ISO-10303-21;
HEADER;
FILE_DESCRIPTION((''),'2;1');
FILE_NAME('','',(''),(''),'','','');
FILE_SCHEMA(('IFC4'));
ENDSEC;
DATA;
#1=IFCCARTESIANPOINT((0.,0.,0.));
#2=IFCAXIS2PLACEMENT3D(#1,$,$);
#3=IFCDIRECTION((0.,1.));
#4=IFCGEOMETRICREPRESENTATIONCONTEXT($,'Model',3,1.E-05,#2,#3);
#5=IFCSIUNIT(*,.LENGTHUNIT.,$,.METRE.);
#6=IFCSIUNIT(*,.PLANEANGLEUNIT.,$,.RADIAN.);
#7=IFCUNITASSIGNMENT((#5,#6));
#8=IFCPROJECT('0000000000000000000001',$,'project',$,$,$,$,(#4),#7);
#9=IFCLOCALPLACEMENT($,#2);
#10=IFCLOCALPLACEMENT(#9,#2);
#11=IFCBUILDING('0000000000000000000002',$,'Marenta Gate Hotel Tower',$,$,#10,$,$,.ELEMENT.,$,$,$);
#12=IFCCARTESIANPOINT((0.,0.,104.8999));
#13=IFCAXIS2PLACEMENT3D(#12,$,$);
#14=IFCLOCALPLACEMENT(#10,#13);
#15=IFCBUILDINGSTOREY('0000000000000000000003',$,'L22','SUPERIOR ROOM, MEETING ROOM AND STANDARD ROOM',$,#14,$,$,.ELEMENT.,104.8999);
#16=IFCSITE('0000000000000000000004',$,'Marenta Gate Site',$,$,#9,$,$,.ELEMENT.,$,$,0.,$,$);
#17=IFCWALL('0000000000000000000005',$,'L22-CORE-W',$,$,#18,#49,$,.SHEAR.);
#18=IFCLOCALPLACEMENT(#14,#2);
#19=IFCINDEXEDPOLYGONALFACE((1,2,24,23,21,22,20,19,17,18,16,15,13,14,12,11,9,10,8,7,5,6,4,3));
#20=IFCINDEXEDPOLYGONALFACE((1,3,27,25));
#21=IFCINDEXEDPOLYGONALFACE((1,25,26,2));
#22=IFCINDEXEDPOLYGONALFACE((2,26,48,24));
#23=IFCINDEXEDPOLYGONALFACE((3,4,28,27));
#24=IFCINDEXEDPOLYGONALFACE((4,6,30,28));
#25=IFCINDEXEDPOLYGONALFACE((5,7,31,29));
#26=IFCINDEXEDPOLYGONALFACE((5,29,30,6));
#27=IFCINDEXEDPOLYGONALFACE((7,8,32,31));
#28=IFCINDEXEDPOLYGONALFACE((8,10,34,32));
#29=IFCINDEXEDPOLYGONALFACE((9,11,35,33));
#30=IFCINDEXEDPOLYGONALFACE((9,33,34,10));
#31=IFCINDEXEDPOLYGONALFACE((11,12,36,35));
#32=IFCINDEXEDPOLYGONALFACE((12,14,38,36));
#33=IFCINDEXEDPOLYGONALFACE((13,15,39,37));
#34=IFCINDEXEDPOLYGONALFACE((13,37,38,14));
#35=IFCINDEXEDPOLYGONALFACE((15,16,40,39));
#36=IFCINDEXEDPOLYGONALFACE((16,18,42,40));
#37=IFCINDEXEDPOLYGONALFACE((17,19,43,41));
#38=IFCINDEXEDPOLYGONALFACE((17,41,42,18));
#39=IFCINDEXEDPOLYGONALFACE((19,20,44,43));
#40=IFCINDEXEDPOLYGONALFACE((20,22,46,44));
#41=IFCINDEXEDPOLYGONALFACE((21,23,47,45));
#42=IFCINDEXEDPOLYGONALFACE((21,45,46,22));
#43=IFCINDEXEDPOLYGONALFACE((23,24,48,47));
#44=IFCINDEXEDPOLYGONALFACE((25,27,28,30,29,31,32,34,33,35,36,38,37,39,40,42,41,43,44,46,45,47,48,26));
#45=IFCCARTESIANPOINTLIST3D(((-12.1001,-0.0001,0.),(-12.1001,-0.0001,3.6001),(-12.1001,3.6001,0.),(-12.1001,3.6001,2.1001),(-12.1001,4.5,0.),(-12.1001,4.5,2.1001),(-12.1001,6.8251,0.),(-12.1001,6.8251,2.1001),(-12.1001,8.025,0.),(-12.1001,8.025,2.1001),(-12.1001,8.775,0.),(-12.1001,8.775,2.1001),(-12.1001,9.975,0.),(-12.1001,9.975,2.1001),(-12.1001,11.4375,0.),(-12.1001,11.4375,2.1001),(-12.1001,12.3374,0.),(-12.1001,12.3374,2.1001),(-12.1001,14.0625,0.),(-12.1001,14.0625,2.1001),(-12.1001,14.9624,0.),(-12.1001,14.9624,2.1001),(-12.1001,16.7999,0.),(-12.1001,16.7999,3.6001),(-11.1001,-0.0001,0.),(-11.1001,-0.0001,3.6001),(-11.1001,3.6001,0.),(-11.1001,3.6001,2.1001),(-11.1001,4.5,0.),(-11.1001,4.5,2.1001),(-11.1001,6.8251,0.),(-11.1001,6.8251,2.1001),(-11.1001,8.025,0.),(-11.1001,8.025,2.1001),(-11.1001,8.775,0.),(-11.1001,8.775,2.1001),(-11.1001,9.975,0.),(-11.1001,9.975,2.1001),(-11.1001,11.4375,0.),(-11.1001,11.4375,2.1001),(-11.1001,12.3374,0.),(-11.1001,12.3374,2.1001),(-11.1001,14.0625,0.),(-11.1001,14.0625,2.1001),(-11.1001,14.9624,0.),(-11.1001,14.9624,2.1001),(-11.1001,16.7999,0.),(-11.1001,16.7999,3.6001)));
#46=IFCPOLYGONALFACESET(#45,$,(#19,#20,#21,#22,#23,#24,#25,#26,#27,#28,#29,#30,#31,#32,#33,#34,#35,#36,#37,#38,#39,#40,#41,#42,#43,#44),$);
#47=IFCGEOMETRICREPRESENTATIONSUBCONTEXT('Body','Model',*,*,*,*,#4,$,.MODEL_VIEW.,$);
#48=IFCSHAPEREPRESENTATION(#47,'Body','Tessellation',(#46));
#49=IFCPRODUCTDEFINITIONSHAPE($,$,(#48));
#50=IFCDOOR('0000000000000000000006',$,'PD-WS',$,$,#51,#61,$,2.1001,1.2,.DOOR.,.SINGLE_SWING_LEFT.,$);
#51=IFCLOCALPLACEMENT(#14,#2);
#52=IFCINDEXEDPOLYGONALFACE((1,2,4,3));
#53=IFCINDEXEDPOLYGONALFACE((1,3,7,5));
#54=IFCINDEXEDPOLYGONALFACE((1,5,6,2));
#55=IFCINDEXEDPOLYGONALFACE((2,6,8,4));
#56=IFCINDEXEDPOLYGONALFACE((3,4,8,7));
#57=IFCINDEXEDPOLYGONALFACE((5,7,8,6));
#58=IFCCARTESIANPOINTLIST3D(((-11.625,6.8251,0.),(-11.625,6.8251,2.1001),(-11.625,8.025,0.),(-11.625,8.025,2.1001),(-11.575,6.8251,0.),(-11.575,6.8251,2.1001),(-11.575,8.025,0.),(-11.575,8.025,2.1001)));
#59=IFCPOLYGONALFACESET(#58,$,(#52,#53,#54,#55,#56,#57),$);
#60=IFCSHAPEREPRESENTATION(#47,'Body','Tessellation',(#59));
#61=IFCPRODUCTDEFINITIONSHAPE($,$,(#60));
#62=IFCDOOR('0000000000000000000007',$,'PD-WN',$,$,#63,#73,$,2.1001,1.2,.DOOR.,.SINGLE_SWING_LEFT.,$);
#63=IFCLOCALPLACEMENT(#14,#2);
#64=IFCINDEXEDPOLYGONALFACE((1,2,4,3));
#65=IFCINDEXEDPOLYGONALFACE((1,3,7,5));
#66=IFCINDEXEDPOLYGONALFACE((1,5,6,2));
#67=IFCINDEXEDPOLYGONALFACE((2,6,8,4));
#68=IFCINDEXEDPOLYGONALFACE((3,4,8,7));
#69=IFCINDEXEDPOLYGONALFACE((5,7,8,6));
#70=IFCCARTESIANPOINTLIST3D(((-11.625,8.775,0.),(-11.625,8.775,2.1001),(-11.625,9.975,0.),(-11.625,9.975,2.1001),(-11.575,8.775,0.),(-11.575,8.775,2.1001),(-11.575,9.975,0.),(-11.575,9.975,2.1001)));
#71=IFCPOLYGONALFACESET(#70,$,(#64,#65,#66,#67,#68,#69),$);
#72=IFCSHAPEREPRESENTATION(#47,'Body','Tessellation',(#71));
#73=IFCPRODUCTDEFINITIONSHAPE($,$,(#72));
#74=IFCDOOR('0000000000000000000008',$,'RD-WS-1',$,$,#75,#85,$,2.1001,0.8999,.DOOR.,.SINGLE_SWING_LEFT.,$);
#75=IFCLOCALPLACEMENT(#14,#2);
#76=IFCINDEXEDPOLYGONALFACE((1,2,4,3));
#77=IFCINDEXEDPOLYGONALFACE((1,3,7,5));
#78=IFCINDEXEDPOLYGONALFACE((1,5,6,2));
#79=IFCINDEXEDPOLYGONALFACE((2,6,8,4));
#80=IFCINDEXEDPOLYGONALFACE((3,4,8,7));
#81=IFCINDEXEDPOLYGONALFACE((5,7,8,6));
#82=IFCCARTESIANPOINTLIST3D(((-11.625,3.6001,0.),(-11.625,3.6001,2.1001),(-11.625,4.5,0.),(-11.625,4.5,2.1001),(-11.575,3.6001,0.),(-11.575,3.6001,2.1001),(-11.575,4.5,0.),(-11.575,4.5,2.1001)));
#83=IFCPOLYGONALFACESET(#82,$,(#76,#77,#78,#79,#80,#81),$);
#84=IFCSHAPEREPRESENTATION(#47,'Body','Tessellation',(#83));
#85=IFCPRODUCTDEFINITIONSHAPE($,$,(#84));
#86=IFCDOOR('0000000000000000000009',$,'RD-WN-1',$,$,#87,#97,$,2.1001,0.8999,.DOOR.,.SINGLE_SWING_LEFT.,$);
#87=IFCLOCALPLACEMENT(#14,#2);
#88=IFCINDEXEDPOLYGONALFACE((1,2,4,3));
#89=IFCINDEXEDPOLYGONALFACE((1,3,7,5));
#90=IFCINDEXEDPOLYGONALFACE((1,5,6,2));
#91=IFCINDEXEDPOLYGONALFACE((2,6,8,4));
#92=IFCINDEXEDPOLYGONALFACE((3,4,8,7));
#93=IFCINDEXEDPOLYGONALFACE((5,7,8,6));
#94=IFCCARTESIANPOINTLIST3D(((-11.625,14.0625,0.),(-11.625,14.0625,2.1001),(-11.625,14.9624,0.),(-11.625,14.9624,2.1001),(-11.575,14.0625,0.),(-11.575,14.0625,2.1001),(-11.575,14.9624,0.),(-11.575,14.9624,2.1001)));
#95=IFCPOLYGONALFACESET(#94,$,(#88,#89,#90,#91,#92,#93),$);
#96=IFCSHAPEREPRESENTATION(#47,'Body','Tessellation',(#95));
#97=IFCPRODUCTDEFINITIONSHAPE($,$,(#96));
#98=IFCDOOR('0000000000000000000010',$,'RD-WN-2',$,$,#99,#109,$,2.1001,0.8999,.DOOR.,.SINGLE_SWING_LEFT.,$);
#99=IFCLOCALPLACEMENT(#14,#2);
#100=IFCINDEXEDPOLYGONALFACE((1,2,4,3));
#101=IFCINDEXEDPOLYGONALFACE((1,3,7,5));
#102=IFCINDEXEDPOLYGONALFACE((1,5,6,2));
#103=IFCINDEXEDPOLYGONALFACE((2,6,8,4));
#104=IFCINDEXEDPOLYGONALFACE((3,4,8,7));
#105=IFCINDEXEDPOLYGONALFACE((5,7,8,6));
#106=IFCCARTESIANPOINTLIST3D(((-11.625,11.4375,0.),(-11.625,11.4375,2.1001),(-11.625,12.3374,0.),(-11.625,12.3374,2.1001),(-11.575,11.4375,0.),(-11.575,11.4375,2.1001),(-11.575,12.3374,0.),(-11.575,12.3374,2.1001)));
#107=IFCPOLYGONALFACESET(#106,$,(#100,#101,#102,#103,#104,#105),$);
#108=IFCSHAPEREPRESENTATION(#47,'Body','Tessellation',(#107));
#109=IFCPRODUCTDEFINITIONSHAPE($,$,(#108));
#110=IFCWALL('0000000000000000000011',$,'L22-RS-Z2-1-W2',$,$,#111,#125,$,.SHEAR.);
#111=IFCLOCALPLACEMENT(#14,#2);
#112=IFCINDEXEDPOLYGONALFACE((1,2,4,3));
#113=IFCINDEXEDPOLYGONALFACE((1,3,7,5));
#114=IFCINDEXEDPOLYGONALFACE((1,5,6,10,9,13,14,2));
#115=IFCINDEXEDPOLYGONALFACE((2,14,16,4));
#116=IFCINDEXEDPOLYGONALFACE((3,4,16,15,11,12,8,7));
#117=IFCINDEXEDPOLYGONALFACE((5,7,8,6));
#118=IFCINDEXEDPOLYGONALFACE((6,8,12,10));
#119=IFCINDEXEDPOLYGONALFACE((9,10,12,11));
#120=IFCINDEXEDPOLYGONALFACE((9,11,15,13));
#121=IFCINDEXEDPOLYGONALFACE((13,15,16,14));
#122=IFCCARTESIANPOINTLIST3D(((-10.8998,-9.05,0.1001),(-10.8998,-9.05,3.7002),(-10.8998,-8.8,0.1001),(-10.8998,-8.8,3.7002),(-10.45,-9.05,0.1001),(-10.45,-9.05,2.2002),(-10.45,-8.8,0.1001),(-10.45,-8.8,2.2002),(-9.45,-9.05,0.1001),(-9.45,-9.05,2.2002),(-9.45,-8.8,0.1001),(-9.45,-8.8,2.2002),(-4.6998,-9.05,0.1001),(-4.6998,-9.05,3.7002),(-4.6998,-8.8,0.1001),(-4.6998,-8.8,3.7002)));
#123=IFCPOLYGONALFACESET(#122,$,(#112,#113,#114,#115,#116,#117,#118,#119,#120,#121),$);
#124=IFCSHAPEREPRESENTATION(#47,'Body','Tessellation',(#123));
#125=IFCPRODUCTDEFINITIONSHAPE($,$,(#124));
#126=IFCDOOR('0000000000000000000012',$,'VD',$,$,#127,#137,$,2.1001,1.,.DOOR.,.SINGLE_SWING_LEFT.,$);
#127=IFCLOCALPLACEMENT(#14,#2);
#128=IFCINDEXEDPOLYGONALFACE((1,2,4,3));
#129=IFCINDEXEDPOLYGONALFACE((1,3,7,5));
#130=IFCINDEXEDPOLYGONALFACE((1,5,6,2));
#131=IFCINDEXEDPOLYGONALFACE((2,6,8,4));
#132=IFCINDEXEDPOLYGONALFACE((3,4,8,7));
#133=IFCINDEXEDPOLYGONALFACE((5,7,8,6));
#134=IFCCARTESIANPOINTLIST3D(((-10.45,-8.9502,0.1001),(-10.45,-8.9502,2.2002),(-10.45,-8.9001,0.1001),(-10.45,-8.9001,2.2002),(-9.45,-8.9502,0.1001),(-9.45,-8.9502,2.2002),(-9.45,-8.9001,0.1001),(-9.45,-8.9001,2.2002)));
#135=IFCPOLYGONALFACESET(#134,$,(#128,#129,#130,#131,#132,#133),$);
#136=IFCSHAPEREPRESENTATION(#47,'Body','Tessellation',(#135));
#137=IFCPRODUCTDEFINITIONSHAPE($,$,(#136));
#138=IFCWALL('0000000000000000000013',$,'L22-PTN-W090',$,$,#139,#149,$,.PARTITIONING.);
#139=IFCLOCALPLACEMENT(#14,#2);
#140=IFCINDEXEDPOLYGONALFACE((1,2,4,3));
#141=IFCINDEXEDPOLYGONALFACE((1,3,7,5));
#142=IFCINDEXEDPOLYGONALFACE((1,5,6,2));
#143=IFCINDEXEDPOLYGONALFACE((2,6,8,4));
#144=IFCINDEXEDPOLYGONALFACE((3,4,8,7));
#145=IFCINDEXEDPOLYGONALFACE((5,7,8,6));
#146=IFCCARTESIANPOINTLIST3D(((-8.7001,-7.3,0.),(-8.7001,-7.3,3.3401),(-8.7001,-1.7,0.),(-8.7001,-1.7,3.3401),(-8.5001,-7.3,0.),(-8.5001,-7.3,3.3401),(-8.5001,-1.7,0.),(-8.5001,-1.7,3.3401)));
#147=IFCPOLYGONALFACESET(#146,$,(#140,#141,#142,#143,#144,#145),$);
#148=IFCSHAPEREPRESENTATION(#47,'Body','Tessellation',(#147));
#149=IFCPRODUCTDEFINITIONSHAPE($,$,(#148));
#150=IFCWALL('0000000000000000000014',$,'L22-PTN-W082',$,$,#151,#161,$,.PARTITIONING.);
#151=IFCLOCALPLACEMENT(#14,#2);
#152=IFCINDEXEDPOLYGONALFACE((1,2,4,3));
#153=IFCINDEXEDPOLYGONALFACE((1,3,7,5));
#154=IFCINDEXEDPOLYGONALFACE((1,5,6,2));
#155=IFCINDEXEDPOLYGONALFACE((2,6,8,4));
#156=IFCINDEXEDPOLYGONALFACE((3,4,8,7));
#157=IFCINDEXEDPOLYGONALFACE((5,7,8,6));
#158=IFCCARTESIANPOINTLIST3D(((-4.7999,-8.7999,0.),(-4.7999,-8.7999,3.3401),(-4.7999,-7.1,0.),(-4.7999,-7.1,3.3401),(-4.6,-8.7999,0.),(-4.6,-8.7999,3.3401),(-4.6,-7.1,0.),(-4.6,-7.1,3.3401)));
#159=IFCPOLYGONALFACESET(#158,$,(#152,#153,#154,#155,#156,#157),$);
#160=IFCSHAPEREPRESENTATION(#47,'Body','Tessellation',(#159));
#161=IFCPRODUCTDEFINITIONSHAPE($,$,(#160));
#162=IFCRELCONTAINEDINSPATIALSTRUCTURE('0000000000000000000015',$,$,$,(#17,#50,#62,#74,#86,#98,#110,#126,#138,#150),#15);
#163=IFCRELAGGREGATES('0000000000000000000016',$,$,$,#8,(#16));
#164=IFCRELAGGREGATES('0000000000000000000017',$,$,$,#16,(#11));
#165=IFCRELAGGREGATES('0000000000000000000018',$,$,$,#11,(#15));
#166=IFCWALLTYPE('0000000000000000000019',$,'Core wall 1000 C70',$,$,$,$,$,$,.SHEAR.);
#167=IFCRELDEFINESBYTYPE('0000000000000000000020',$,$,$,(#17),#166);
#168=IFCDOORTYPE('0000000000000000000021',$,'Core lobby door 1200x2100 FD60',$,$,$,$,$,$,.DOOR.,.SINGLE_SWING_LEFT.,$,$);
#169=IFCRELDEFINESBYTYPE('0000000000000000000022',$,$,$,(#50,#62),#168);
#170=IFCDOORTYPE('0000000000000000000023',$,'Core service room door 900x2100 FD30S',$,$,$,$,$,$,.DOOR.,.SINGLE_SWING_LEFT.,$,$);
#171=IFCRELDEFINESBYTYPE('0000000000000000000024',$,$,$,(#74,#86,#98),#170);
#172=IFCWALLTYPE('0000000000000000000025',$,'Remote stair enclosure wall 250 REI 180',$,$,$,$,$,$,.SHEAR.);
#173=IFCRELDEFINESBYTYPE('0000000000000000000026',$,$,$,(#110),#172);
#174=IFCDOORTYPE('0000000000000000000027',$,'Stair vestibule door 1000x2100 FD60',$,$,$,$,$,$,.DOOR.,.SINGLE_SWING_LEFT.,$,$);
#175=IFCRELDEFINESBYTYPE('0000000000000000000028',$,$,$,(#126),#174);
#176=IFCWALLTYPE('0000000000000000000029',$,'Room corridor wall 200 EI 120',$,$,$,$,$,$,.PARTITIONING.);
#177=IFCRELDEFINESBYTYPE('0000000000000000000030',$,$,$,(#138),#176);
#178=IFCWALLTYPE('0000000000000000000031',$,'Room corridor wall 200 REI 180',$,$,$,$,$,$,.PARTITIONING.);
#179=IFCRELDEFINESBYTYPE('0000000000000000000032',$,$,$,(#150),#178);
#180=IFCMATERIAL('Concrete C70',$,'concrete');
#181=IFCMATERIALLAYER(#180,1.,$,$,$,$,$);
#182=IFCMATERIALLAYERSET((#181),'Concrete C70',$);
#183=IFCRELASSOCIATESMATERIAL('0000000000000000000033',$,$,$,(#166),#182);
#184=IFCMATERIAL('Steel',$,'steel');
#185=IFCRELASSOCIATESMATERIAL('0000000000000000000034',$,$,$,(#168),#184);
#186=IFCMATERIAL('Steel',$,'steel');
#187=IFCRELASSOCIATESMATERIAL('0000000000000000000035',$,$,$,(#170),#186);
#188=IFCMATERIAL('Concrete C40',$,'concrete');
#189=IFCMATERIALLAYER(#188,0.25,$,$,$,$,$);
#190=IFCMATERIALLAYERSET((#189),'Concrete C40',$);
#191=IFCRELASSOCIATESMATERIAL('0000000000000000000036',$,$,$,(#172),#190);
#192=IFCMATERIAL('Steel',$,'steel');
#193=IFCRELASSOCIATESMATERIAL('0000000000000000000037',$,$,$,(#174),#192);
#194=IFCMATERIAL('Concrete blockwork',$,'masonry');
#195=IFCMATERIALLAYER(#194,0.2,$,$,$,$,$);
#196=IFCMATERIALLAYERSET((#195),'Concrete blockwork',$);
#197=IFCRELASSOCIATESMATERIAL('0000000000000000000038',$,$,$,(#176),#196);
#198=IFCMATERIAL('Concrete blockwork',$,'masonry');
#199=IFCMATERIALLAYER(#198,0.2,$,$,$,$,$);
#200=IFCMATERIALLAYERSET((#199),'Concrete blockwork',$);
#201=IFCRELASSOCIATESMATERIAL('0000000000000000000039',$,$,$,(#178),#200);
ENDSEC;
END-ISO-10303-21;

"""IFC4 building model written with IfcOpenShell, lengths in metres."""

from ifc_helpers import new_model, si_unit, direction, frame, frame_2d, origin, place, context, subcontext, project, spatial, rectangle, extrude, material, layer, layer_set, type_object, element, fill, save


model = new_model("IFC4")

# Units and contexts
model_context = context("Model", 3, precision=1e-05, world=origin(), true_north=direction((0.0, 1.0)))
body_context = subcontext(model_context, "Body", "Model", "MODEL_VIEW")
ifc_project = project(units=[si_unit("LENGTHUNIT", "METRE"), si_unit("PLANEANGLEUNIT", "RADIAN")], contexts=[model_context])

# Site, building, storey
site_placement = place(None, origin())
site = spatial("IfcSite", under=ifc_project, at=site_placement, Name="Marenta Gate Site", CompositionType="ELEMENT", RefElevation=0.0)
building_placement = place(site_placement, origin())
building = spatial("IfcBuilding", under=site, at=building_placement, Name="Marenta Gate Hotel Tower", CompositionType="ELEMENT")
storey_placement = place(building_placement, frame((0.0, 0.0, 104.8999)))
storey = spatial("IfcBuildingStorey", under=building, at=storey_placement, Name="L22", Description="SUPERIOR ROOM, MEETING ROOM AND STANDARD ROOM", CompositionType="ELEMENT", Elevation=104.8999)

# Wall, openings, doors
ifc_material_1 = material(Name="Concrete C70", Category="concrete")
ifc_layer_1 = layer(ifc_material_1, 1.0)
ifc_layer_set_1 = layer_set([ifc_layer_1], Name="Concrete C70")
wall_type_1 = type_object("IfcWallType", Name="Core wall 1000 C70", PredefinedType="SHEAR", material=ifc_layer_set_1)
wall_1_placement = place(storey_placement, frame((-11.6001, 0.0, 0.0), z_axis=(0.0, 0.0, 1.0), x_axis=(0.0, 1.0, 0.0)))
wall_1 = element("IfcWall", 1, at=wall_1_placement, inside=storey, type_object=wall_type_1, Name="L22-CORE-W", PredefinedType="SHEAR", context=body_context, shape_type="SweptSolid", body=[
    extrude(rectangle(XDim=16.8, YDim=1.0, at=frame_2d((8.3999, 0.0))), origin(), (0.0, 0.0, 1.0), 3.6001),
])
opening_1_placement = place(wall_1_placement, frame((3.6001, 0.0, 0.0)))
opening_1 = element("IfcOpeningElement", 2, at=opening_1_placement, cuts=wall_1, PredefinedType="OPENING", context=body_context, shape_type="SweptSolid", body=[
    extrude(rectangle(XDim=0.8999, YDim=2.1001, at=frame_2d((0.45, 1.05))), frame((0.0, 0.5, 0.0), z_axis=(0.0, -1.0, 0.0), x_axis=(1.0, 0.0, 0.0)), (0.0, 0.0, 1.0), 1.0),
])
opening_2_placement = place(wall_1_placement, frame((6.825, 0.0, 0.0)))
opening_2 = element("IfcOpeningElement", 3, at=opening_2_placement, cuts=wall_1, PredefinedType="OPENING", context=body_context, shape_type="SweptSolid", body=[
    extrude(rectangle(XDim=1.2, YDim=2.1001, at=frame_2d((0.6001, 1.05))), frame((0.0, 0.5, 0.0), z_axis=(0.0, -1.0, 0.0), x_axis=(1.0, 0.0, 0.0)), (0.0, 0.0, 1.0), 1.0),
])
opening_3_placement = place(wall_1_placement, frame((14.0625, 0.0, 0.0)))
opening_3 = element("IfcOpeningElement", 4, at=opening_3_placement, cuts=wall_1, PredefinedType="OPENING", context=body_context, shape_type="SweptSolid", body=[
    extrude(rectangle(XDim=0.8999, YDim=2.1001, at=frame_2d((0.45, 1.05))), frame((0.0, 0.5, 0.0), z_axis=(0.0, -1.0, 0.0), x_axis=(1.0, 0.0, 0.0)), (0.0, 0.0, 1.0), 1.0),
])
opening_4_placement = place(wall_1_placement, frame((11.4375, 0.0, 0.0)))
opening_4 = element("IfcOpeningElement", 5, at=opening_4_placement, cuts=wall_1, PredefinedType="OPENING", context=body_context, shape_type="SweptSolid", body=[
    extrude(rectangle(XDim=0.8999, YDim=2.1001, at=frame_2d((0.45, 1.05))), frame((0.0, 0.5, 0.0), z_axis=(0.0, -1.0, 0.0), x_axis=(1.0, 0.0, 0.0)), (0.0, 0.0, 1.0), 1.0),
])
opening_5_placement = place(wall_1_placement, frame((8.7749, 0.0, 0.0)))
opening_5 = element("IfcOpeningElement", 6, at=opening_5_placement, cuts=wall_1, PredefinedType="OPENING", context=body_context, shape_type="SweptSolid", body=[
    extrude(rectangle(XDim=1.2, YDim=2.1001, at=frame_2d((0.6001, 1.05))), frame((0.0, 0.5, 0.0), z_axis=(0.0, -1.0, 0.0), x_axis=(1.0, 0.0, 0.0)), (0.0, 0.0, 1.0), 1.0),
])
ifc_material_2 = material(Name="Steel", Category="steel")
door_type_1 = type_object("IfcDoorType", Name="Core lobby door 1200x2100 FD60", OperationType="SINGLE_SWING_LEFT", PredefinedType="DOOR", material=ifc_material_2)
door_1_placement = place(opening_2_placement, origin())
door_1 = element("IfcDoor", 7, at=door_1_placement, inside=storey, type_object=door_type_1, Name="PD-WS", OperationType="SINGLE_SWING_LEFT", OverallHeight=2.1001, OverallWidth=1.2, PredefinedType="DOOR", context=body_context, shape_type="SweptSolid", body=[
    extrude(rectangle(XDim=1.2, YDim=2.1001, at=frame_2d((0.6001, 1.05))), frame((0.0, 0.0249, 0.0), z_axis=(0.0, -1.0, 0.0), x_axis=(1.0, 0.0, 0.0)), (0.0, 0.0, 1.0), 0.05),
])
fill(opening_2, door_1)
door_2_placement = place(opening_5_placement, origin())
door_2 = element("IfcDoor", 8, at=door_2_placement, inside=storey, type_object=door_type_1, Name="PD-WN", OperationType="SINGLE_SWING_LEFT", OverallHeight=2.1001, OverallWidth=1.2, PredefinedType="DOOR", context=body_context, shape_type="SweptSolid", body=[
    extrude(rectangle(XDim=1.2, YDim=2.1001, at=frame_2d((0.6001, 1.05))), frame((0.0, 0.0249, 0.0), z_axis=(0.0, -1.0, 0.0), x_axis=(1.0, 0.0, 0.0)), (0.0, 0.0, 1.0), 0.05),
])
fill(opening_5, door_2)
ifc_material_3 = material(Name="Steel", Category="steel")
door_type_2 = type_object("IfcDoorType", Name="Core service room door 900x2100 FD30S", OperationType="SINGLE_SWING_LEFT", PredefinedType="DOOR", material=ifc_material_3)
door_3_placement = place(opening_1_placement, origin())
door_3 = element("IfcDoor", 9, at=door_3_placement, inside=storey, type_object=door_type_2, Name="RD-WS-1", OperationType="SINGLE_SWING_LEFT", OverallHeight=2.1001, OverallWidth=0.8999, PredefinedType="DOOR", context=body_context, shape_type="SweptSolid", body=[
    extrude(rectangle(XDim=0.8999, YDim=2.1001, at=frame_2d((0.45, 1.05))), frame((0.0, 0.0249, 0.0), z_axis=(0.0, -1.0, 0.0), x_axis=(1.0, 0.0, 0.0)), (0.0, 0.0, 1.0), 0.05),
])
fill(opening_1, door_3)
door_4_placement = place(opening_3_placement, origin())
door_4 = element("IfcDoor", 10, at=door_4_placement, inside=storey, type_object=door_type_2, Name="RD-WN-1", OperationType="SINGLE_SWING_LEFT", OverallHeight=2.1001, OverallWidth=0.8999, PredefinedType="DOOR", context=body_context, shape_type="SweptSolid", body=[
    extrude(rectangle(XDim=0.8999, YDim=2.1001, at=frame_2d((0.45, 1.05))), frame((0.0, 0.0249, 0.0), z_axis=(0.0, -1.0, 0.0), x_axis=(1.0, 0.0, 0.0)), (0.0, 0.0, 1.0), 0.05),
])
fill(opening_3, door_4)
door_5_placement = place(opening_4_placement, origin())
door_5 = element("IfcDoor", 11, at=door_5_placement, inside=storey, type_object=door_type_2, Name="RD-WN-2", OperationType="SINGLE_SWING_LEFT", OverallHeight=2.1001, OverallWidth=0.8999, PredefinedType="DOOR", context=body_context, shape_type="SweptSolid", body=[
    extrude(rectangle(XDim=0.8999, YDim=2.1001, at=frame_2d((0.45, 1.05))), frame((0.0, 0.0249, 0.0), z_axis=(0.0, -1.0, 0.0), x_axis=(1.0, 0.0, 0.0)), (0.0, 0.0, 1.0), 0.05),
])
fill(opening_4, door_5)

# Wall, opening, door
ifc_material_4 = material(Name="Concrete C40", Category="concrete")
ifc_layer_2 = layer(ifc_material_4, 0.25)
ifc_layer_set_2 = layer_set([ifc_layer_2], Name="Concrete C40")
wall_type_2 = type_object("IfcWallType", Name="Remote stair enclosure wall 250 REI 180", PredefinedType="SHEAR", material=ifc_layer_set_2)
wall_2_placement = place(storey_placement, frame((-10.8999, -8.925, 0.1001), z_axis=(0.0, 0.0, 1.0), x_axis=(1.0, 0.0, 0.0)))
wall_2 = element("IfcWall", 12, at=wall_2_placement, inside=storey, type_object=wall_type_2, Name="L22-RS-Z2-1-W2", PredefinedType="SHEAR", context=body_context, shape_type="SweptSolid", body=[
    extrude(rectangle(XDim=6.2, YDim=0.25, at=frame_2d((3.1001, 0.0))), origin(), (0.0, 0.0, 1.0), 3.6001),
])
opening_6_placement = place(wall_2_placement, frame((0.45, 0.0, 0.0)))
opening_6 = element("IfcOpeningElement", 13, at=opening_6_placement, cuts=wall_2, PredefinedType="OPENING", context=body_context, shape_type="SweptSolid", body=[
    extrude(rectangle(XDim=1.0, YDim=2.1001, at=frame_2d((0.5, 1.05))), frame((0.0, 0.125, 0.0), z_axis=(0.0, -1.0, 0.0), x_axis=(1.0, 0.0, 0.0)), (0.0, 0.0, 1.0), 0.25),
])
ifc_material_5 = material(Name="Steel", Category="steel")
door_type_3 = type_object("IfcDoorType", Name="Stair vestibule door 1000x2100 FD60", OperationType="SINGLE_SWING_LEFT", PredefinedType="DOOR", material=ifc_material_5)
door_6_placement = place(opening_6_placement, origin())
door_6 = element("IfcDoor", 14, at=door_6_placement, inside=storey, type_object=door_type_3, Name="VD", OperationType="SINGLE_SWING_LEFT", OverallHeight=2.1001, OverallWidth=1.0, PredefinedType="DOOR", context=body_context, shape_type="SweptSolid", body=[
    extrude(rectangle(XDim=1.0, YDim=2.1001, at=frame_2d((0.5, 1.05))), frame((0.0, 0.0249, 0.0), z_axis=(0.0, -1.0, 0.0), x_axis=(1.0, 0.0, 0.0)), (0.0, 0.0, 1.0), 0.05),
])
fill(opening_6, door_6)

# Wall
ifc_material_6 = material(Name="Concrete blockwork", Category="masonry")
ifc_layer_3 = layer(ifc_material_6, 0.2)
ifc_layer_set_3 = layer_set([ifc_layer_3], Name="Concrete blockwork")
wall_type_3 = type_object("IfcWallType", Name="Room corridor wall 200 EI 120", PredefinedType="PARTITIONING", material=ifc_layer_set_3)
wall_3_placement = place(storey_placement, frame((-8.6001, -7.3, 0.0), z_axis=(0.0, 0.0, 1.0), x_axis=(0.0, 1.0, 0.0)))
element("IfcWall", 15, at=wall_3_placement, inside=storey, type_object=wall_type_3, Name="L22-PTN-W090", PredefinedType="PARTITIONING", context=body_context, shape_type="SweptSolid", body=[
    extrude(rectangle(XDim=5.6001, YDim=0.2, at=frame_2d((2.8, 0.0))), origin(), (0.0, 0.0, 1.0), 3.3401),
])

# Shared definitions
ifc_material_7 = material(Name="Concrete blockwork", Category="masonry")
ifc_layer_4 = layer(ifc_material_7, 0.2)
ifc_layer_set_4 = layer_set([ifc_layer_4], Name="Concrete blockwork")
wall_type_4 = type_object("IfcWallType", Name="Room corridor wall 200 REI 180", PredefinedType="PARTITIONING", material=ifc_layer_set_4)

# Wall
wall_4_placement = place(storey_placement, frame((-4.7, -8.8, 0.0), z_axis=(0.0, 0.0, 1.0), x_axis=(0.0, 1.0, 0.0)))
element("IfcWall", 16, at=wall_4_placement, inside=storey, type_object=wall_type_4, Name="L22-PTN-W082", PredefinedType="PARTITIONING", context=body_context, shape_type="SweptSolid", body=[
    extrude(rectangle(XDim=1.7, YDim=0.2, at=frame_2d((0.8501, 0.0))), origin(), (0.0, 0.0, 1.0), 3.3401),
])

save(model, "model.ifc")
